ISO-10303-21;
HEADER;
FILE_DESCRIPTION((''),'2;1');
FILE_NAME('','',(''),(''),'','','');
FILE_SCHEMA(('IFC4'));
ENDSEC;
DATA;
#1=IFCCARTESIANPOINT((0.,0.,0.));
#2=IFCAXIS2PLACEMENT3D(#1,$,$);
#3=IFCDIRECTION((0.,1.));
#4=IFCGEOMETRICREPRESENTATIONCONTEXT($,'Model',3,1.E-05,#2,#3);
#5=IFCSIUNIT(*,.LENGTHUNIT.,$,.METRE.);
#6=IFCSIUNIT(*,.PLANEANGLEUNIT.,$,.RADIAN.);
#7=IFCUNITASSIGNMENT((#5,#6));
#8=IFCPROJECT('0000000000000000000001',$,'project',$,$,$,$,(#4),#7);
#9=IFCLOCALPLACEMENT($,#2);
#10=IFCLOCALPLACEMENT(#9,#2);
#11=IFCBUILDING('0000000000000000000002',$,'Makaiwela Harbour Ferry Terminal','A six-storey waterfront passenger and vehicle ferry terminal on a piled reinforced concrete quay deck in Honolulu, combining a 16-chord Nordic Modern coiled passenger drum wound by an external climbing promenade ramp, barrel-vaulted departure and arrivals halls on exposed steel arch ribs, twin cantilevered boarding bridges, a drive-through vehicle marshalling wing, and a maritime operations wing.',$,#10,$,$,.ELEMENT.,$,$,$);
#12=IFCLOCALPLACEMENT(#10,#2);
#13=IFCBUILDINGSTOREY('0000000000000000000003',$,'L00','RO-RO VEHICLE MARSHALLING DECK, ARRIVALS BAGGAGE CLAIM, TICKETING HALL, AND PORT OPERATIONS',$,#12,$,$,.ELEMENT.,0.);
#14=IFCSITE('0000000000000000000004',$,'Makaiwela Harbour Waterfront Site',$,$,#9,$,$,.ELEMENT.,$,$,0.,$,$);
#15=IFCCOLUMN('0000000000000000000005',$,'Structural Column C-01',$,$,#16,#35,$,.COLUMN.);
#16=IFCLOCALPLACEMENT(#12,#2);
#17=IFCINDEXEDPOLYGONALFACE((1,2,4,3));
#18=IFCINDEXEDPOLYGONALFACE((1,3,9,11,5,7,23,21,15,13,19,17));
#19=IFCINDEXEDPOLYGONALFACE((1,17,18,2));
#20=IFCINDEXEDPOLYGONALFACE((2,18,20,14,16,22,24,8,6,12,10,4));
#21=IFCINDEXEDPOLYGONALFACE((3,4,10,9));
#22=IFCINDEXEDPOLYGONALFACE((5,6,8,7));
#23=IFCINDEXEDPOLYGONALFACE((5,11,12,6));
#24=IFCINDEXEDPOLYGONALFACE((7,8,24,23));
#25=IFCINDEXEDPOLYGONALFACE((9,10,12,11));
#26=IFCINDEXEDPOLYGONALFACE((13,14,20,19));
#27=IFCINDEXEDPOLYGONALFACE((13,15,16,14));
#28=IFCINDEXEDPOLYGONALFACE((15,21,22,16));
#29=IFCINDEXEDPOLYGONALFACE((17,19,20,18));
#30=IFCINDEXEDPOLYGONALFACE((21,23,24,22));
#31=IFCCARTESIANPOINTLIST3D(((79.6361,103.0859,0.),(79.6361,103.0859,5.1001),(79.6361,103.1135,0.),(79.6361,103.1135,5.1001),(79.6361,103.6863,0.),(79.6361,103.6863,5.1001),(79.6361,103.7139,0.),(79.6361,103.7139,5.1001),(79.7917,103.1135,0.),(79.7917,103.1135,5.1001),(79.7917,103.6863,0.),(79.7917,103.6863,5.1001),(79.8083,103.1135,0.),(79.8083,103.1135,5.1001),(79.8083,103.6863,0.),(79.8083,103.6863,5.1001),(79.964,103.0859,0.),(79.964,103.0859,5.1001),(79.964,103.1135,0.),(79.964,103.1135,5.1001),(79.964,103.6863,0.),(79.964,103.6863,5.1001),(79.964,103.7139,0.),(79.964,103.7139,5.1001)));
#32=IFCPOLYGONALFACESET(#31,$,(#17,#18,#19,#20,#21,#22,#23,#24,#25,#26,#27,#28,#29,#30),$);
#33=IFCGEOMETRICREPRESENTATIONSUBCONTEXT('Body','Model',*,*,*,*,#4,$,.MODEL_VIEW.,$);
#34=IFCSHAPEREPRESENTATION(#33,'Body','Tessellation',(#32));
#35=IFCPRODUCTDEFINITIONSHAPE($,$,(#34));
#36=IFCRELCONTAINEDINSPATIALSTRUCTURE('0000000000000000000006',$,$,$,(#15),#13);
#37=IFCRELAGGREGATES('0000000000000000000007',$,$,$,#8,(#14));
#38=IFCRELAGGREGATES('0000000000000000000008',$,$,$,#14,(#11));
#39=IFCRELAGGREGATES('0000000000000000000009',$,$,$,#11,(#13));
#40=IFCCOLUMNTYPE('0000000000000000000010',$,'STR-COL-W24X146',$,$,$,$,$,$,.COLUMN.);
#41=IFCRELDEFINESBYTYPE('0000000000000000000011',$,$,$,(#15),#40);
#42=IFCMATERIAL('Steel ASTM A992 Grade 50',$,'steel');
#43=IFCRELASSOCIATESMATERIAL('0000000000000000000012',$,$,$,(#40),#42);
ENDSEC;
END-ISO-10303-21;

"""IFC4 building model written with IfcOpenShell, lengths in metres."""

from ifc_helpers import new_model, si_unit, direction, frame, origin, origin_2d, place, context, subcontext, project, spatial, i_section, extrude, material, material_profile, profile_set, type_object, element, save


model = new_model("IFC4")

# Units and contexts
model_context = context("Model", 3, precision=1e-05, world=origin(), true_north=direction((0.0, 1.0)))
body_context = subcontext(model_context, "Body", "Model", "MODEL_VIEW")
ifc_project = project(units=[si_unit("LENGTHUNIT", "METRE"), si_unit("PLANEANGLEUNIT", "RADIAN")], contexts=[model_context])

# Site, building, storey
site_placement = place(None, origin())
site = spatial("IfcSite", under=ifc_project, at=site_placement, Name="Makaiwela Harbour Waterfront Site", CompositionType="ELEMENT", RefElevation=0.0)
building_placement = place(site_placement, origin())
building = spatial("IfcBuilding", under=site, at=building_placement, Name="Makaiwela Harbour Ferry Terminal", Description="A six-storey waterfront passenger and vehicle ferry terminal on a piled reinforced concrete quay deck in Honolulu, combining a 16-chord Nordic Modern coiled passenger drum wound by an external climbing promenade ramp, barrel-vaulted departure and arrivals halls on exposed steel arch ribs, twin cantilevered boarding bridges, a drive-through vehicle marshalling wing, and a maritime operations wing.", CompositionType="ELEMENT")
storey_placement = place(building_placement, origin())
storey = spatial("IfcBuildingStorey", under=building, at=storey_placement, Name="L00", Description="RO-RO VEHICLE MARSHALLING DECK, ARRIVALS BAGGAGE CLAIM, TICKETING HALL, AND PORT OPERATIONS", CompositionType="ELEMENT", Elevation=0.0)

# Column
ifc_material_1 = material(Name="Steel ASTM A992 Grade 50", Category="steel")
ifc_material_profile_1 = material_profile(ifc_material_1, i_section(OverallWidth=0.3279, OverallDepth=0.6279, WebThickness=0.0166, FlangeThickness=0.0276, at=origin_2d()), Name="W24X146")
ifc_profile_set_1 = profile_set([ifc_material_profile_1], Name="Steel ASTM A992 Grade 50")
column_type_1 = type_object("IfcColumnType", Name="STR-COL-W24X146", PredefinedType="COLUMN", material=ifc_profile_set_1)
for number, where, z_axis, x_axis, name in (
    (1, (79.8, 103.3999, 0.0), (0.0, 0.0, 1.0), (1.0, 0.0, 0.0), "Structural Column C-01"),
):
    element("IfcColumn", number, at=place(storey_placement, frame(where, z_axis=z_axis, x_axis=x_axis)), inside=storey, type_object=column_type_1, Name=name, PredefinedType="COLUMN", context=body_context, shape_type="SweptSolid", body=[
        extrude(i_section(OverallWidth=0.3279, OverallDepth=0.6279, WebThickness=0.0166, FlangeThickness=0.0276, at=origin_2d()), origin(), (0.0, 0.0, 1.0), 5.1001),
    ])

save(model, "model.ifc")
